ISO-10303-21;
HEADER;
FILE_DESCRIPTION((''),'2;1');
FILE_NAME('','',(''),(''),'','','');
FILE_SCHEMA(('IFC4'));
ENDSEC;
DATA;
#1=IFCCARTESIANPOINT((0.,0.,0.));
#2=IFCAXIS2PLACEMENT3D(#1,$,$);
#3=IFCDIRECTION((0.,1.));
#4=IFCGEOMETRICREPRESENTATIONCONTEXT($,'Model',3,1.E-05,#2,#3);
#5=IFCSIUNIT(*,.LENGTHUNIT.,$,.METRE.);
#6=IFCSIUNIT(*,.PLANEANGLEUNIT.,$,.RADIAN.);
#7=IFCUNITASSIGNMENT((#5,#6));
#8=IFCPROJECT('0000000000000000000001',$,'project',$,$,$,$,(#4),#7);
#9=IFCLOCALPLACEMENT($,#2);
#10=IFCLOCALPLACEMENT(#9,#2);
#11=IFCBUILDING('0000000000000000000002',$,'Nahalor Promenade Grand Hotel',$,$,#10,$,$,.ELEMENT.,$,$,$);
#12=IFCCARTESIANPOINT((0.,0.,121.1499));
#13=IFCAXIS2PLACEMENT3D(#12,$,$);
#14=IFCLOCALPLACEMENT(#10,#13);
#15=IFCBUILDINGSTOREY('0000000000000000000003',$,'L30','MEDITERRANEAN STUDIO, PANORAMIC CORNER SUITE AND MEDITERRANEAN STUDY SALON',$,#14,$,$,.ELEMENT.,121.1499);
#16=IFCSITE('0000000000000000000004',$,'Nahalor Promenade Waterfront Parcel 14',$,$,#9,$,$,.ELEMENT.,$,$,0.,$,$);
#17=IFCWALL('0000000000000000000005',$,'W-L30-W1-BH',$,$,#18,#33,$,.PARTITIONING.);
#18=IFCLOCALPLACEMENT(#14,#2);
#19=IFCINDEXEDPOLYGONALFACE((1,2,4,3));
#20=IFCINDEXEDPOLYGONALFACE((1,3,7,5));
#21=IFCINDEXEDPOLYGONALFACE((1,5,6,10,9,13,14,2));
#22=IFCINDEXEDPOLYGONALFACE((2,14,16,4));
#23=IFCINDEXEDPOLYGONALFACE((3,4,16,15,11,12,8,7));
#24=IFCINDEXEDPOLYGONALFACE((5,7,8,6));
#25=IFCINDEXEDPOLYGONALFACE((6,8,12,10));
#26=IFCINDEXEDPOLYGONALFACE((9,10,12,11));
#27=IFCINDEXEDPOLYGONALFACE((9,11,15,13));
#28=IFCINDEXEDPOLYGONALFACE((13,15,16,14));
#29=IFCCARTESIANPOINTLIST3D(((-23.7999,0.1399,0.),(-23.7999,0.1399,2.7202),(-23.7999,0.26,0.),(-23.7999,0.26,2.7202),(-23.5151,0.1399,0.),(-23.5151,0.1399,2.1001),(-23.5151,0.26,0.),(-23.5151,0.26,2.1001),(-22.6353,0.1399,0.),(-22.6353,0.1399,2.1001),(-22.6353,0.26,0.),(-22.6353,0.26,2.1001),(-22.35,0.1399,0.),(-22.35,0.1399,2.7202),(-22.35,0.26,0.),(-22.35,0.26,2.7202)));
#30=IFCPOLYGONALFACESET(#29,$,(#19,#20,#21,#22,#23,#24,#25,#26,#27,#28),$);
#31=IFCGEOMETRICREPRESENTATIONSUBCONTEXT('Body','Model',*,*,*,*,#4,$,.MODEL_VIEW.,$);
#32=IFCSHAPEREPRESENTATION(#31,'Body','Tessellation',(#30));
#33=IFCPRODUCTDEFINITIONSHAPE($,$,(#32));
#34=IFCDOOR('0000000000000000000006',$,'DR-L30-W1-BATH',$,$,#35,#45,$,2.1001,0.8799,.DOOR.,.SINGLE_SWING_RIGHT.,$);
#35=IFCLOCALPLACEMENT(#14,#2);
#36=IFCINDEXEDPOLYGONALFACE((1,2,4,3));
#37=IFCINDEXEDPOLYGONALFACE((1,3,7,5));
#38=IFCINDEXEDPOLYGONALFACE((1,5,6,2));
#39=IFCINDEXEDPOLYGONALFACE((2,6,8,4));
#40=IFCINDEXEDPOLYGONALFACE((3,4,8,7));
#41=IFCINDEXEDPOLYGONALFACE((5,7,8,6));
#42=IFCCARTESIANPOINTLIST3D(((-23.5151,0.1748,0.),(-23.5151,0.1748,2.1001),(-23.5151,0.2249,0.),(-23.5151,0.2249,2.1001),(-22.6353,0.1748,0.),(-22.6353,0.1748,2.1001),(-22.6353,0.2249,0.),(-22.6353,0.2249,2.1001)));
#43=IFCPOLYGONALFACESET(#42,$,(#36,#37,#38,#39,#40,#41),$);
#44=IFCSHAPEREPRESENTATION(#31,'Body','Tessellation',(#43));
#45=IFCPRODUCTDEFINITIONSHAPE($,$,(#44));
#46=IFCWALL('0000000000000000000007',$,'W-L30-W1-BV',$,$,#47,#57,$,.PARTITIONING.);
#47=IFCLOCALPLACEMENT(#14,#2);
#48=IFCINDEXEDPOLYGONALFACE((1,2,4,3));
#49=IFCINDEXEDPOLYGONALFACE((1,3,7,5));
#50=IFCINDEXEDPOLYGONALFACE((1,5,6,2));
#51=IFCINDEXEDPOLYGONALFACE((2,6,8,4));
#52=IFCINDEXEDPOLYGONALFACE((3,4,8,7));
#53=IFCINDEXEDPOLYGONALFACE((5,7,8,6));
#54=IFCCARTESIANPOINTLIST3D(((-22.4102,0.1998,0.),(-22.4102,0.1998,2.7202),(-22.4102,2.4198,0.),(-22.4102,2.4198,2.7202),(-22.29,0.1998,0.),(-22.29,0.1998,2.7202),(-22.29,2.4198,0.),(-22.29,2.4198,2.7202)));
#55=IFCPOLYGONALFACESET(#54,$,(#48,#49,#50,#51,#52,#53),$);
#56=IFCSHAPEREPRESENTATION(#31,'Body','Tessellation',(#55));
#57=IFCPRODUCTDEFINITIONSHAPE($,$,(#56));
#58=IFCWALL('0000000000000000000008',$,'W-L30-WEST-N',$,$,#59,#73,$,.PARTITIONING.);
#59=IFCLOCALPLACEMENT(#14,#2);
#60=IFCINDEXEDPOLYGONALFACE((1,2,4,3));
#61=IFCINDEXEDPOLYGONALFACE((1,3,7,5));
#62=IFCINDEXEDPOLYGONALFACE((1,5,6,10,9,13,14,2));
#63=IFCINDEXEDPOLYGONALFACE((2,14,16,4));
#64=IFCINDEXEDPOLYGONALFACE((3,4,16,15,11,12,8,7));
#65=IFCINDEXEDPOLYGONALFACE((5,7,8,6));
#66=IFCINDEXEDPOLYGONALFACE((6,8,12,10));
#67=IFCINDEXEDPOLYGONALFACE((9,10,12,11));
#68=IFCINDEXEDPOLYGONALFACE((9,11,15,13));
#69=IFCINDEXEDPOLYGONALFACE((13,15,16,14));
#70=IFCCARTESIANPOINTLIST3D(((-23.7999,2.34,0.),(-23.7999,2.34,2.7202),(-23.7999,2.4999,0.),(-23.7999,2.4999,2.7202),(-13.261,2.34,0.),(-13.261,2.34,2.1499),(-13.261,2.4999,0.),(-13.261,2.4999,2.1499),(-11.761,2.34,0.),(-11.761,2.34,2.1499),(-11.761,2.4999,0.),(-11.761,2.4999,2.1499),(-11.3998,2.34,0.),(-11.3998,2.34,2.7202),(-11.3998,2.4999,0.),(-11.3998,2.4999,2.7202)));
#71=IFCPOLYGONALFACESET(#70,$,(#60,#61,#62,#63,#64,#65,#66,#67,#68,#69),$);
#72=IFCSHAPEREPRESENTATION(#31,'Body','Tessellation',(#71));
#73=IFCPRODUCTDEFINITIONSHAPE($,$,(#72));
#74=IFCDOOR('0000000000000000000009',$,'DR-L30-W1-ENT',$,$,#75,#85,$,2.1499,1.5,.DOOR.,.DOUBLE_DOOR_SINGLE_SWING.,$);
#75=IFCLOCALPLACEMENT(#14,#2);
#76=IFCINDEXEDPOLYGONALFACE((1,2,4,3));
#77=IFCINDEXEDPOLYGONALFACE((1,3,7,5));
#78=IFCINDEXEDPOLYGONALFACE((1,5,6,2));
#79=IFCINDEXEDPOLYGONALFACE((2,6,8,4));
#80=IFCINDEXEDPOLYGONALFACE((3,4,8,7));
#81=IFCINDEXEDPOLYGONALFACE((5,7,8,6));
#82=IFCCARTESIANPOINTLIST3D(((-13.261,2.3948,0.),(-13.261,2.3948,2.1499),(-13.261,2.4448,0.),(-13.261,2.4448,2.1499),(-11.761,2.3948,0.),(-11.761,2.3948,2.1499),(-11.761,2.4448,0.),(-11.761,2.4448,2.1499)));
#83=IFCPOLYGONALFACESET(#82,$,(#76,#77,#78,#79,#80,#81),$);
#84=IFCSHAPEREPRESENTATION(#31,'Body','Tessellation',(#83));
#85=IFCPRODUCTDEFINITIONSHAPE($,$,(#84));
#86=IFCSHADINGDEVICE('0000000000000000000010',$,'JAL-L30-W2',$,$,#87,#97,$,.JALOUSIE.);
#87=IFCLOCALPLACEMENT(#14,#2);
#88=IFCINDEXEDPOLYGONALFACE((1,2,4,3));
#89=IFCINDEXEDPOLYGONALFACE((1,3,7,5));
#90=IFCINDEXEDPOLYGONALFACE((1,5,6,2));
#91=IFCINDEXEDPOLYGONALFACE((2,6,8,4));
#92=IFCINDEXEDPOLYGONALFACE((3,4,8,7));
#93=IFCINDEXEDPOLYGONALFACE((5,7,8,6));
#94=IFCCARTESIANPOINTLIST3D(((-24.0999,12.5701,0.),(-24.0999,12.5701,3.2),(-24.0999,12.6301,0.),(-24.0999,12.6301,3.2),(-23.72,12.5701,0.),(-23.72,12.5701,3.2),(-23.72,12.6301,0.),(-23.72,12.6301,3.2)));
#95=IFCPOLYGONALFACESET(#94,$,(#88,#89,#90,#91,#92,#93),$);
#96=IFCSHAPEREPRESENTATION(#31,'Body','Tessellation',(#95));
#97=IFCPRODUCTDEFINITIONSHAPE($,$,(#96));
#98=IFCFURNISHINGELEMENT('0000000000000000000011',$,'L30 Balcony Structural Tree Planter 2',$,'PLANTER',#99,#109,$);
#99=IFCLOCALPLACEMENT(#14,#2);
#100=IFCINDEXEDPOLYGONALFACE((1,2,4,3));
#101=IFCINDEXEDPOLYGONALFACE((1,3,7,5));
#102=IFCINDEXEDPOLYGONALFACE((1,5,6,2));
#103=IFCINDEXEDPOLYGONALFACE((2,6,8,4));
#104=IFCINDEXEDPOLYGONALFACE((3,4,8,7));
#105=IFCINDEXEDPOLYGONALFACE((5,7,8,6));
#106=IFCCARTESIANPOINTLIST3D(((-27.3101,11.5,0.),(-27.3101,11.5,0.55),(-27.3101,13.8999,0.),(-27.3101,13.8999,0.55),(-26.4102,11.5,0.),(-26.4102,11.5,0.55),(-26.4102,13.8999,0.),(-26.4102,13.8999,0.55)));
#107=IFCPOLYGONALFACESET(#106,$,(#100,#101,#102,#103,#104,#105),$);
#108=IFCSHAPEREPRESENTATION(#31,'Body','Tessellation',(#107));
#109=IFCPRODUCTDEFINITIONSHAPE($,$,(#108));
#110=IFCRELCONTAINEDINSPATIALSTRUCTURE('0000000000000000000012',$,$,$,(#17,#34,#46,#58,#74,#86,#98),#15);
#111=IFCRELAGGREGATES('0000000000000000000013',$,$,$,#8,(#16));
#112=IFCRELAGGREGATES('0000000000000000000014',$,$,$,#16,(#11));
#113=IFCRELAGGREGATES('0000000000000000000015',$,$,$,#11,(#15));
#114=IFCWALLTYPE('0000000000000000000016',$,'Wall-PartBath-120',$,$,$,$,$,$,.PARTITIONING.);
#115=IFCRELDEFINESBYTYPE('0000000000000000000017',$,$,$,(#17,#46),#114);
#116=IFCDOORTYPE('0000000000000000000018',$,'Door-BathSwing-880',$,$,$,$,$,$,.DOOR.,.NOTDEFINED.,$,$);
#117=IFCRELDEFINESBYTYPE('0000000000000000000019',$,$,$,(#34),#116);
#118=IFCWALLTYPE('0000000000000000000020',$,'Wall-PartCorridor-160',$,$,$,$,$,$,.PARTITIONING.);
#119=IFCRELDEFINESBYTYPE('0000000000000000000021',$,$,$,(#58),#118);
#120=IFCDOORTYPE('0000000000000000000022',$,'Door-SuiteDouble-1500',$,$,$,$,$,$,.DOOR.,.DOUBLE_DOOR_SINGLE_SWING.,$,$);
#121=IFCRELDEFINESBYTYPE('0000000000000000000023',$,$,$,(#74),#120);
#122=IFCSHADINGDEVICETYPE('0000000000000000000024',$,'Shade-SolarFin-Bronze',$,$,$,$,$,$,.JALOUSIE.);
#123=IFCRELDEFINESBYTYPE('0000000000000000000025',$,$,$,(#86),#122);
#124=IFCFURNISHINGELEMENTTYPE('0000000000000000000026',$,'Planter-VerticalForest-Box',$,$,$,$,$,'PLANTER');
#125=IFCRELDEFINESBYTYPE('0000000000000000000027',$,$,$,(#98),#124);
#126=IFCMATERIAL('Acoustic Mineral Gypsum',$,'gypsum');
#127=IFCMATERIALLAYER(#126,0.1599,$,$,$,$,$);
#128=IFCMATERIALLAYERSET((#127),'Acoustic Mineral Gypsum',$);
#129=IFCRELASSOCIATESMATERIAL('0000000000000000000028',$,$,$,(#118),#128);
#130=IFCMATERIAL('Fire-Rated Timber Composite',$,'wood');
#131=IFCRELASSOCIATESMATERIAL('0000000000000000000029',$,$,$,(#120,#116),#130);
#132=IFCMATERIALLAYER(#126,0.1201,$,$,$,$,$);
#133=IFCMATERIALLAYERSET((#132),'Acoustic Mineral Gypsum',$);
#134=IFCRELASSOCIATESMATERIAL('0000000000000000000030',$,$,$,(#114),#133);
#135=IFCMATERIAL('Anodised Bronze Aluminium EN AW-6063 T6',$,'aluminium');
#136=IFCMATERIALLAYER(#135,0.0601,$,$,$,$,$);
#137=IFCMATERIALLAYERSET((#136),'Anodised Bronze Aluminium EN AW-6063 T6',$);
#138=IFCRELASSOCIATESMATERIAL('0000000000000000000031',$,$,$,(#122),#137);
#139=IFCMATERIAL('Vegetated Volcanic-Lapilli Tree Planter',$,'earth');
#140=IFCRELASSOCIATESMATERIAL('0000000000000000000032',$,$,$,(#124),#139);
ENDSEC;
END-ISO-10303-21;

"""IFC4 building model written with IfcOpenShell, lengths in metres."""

from ifc_helpers import new_model, si_unit, direction, frame, frame_2d, origin, origin_2d, place, context, subcontext, project, spatial, rectangle, extrude, source, transform, mapped, material, layer, layer_set, type_object, element, fill, save


model = new_model("IFC4")

# Units and contexts
model_context = context("Model", 3, precision=1e-05, world=origin(), true_north=direction((0.0, 1.0)))
body_context = subcontext(model_context, "Body", "Model", "MODEL_VIEW")
ifc_project = project(units=[si_unit("LENGTHUNIT", "METRE"), si_unit("PLANEANGLEUNIT", "RADIAN")], contexts=[model_context])

# Site, building, storey
site_placement = place(None, origin())
site = spatial("IfcSite", under=ifc_project, at=site_placement, Name="Nahalor Promenade Waterfront Parcel 14", CompositionType="ELEMENT", RefElevation=0.0)
building_placement = place(site_placement, origin())
building = spatial("IfcBuilding", under=site, at=building_placement, Name="Nahalor Promenade Grand Hotel", CompositionType="ELEMENT")
storey_placement = place(building_placement, frame((0.0, 0.0, 121.1499)))
storey = spatial("IfcBuildingStorey", under=building, at=storey_placement, Name="L30", Description="MEDITERRANEAN STUDIO, PANORAMIC CORNER SUITE AND MEDITERRANEAN STUDY SALON", CompositionType="ELEMENT", Elevation=121.1499)

# Shared definitions
ifc_material_1 = material(Name="Anodised Bronze Aluminium EN AW-6063 T6", Category="aluminium")

# Shared definitions
ifc_material_2 = material(Name="Acoustic Mineral Gypsum", Category="gypsum")
ifc_layer_1 = layer(ifc_material_2, 0.1599)
ifc_layer_set_1 = layer_set([ifc_layer_1], Name="Acoustic Mineral Gypsum")
wall_type_1 = type_object("IfcWallType", Name="Wall-PartCorridor-160", PredefinedType="PARTITIONING", material=ifc_layer_set_1)
ifc_material_3 = material(Name="Fire-Rated Timber Composite", Category="wood")
door_type_1 = type_object("IfcDoorType", Name="Door-SuiteDouble-1500", OperationType="DOUBLE_DOOR_SINGLE_SWING", PredefinedType="DOOR", material=ifc_material_3)
shared_shape_1 = source(origin(), body_context, "Body", "SweptSolid", [
    extrude(rectangle(XDim=1.5, YDim=2.1499, at=frame_2d((0.75, 1.075))), frame((0.0, 0.0249, 0.0), z_axis=(0.0, -1.0, 0.0), x_axis=(1.0, 0.0, 0.0)), (0.0, 0.0, 1.0), 0.05),
])

# Wall, opening, door
ifc_layer_2 = layer(ifc_material_2, 0.1201)
ifc_layer_set_2 = layer_set([ifc_layer_2], Name="Acoustic Mineral Gypsum")
wall_type_2 = type_object("IfcWallType", Name="Wall-PartBath-120", PredefinedType="PARTITIONING", material=ifc_layer_set_2)
shared_shape_2 = source(origin(), body_context, "Body", "SweptSolid", [
    extrude(rectangle(XDim=1.45, YDim=0.1201, at=frame_2d((0.7251, 0.0))), origin(), (0.0, 0.0, 1.0), 2.7202),
])
wall_1_placement = place(storey_placement, frame((-23.8, 0.2, 0.0), z_axis=(0.0, 0.0, 1.0), x_axis=(1.0, 0.0, 0.0)))
wall_1 = element("IfcWall", 1, at=wall_1_placement, inside=storey, type_object=wall_type_2, Name="W-L30-W1-BH", PredefinedType="PARTITIONING", context=body_context, shape_type="MappedRepresentation", body=[
    mapped(shared_shape_2, transform((0.0, 0.0, 0.0), scale=1.0)),
])
opening_1_placement = place(wall_1_placement, frame((0.2849, 0.0, 0.0)))
opening_1 = element("IfcOpeningElement", 2, at=opening_1_placement, cuts=wall_1, PredefinedType="OPENING", context=body_context, shape_type="SweptSolid", body=[
    extrude(rectangle(XDim=0.8799, YDim=2.1001, at=frame_2d((0.4399, 1.05))), frame((0.0, 0.0701, 0.0), z_axis=(0.0, -1.0, 0.0), x_axis=(1.0, 0.0, 0.0)), (0.0, 0.0, 1.0), 0.1401),
])
door_type_2 = type_object("IfcDoorType", Name="Door-BathSwing-880", OperationType="NOTDEFINED", PredefinedType="DOOR", material=ifc_material_3)
shared_shape_3 = source(origin(), body_context, "Body", "SweptSolid", [
    extrude(rectangle(XDim=0.8799, YDim=2.1001, at=frame_2d((0.4399, 1.05))), frame((0.0, 0.0249, 0.0), z_axis=(0.0, -1.0, 0.0), x_axis=(1.0, 0.0, 0.0)), (0.0, 0.0, 1.0), 0.05),
])
door_1_placement = place(opening_1_placement, origin())
door_1 = element("IfcDoor", 3, at=door_1_placement, inside=storey, type_object=door_type_2, Name="DR-L30-W1-BATH", OperationType="SINGLE_SWING_RIGHT", OverallHeight=2.1001, OverallWidth=0.8799, PredefinedType="DOOR", context=body_context, shape_type="MappedRepresentation", body=[
    mapped(shared_shape_3, transform((0.0, 0.0, 0.0), scale=1.0)),
])
fill(opening_1, door_1)

# Wall
shared_shape_4 = source(origin(), body_context, "Body", "SweptSolid", [
    extrude(rectangle(XDim=2.22, YDim=0.1201, at=frame_2d((1.1099, 0.0))), origin(), (0.0, 0.0, 1.0), 2.7202),
])
wall_2_placement = place(storey_placement, frame((-22.3501, 0.2, 0.0), z_axis=(0.0, 0.0, 1.0), x_axis=(0.0, 1.0, 0.0)))
element("IfcWall", 4, at=wall_2_placement, inside=storey, type_object=wall_type_2, Name="W-L30-W1-BV", PredefinedType="PARTITIONING", context=body_context, shape_type="MappedRepresentation", body=[
    mapped(shared_shape_4, transform((0.0, 0.0, 0.0), scale=1.0)),
])

# Wall, opening, door
shared_shape_5 = source(origin(), body_context, "Body", "SweptSolid", [
    extrude(rectangle(XDim=12.4001, YDim=0.1599, at=frame_2d((6.2002, 0.0))), origin(), (0.0, 0.0, 1.0), 2.7202),
])
wall_3_placement = place(storey_placement, frame((-23.8, 2.4199, 0.0), z_axis=(0.0, 0.0, 1.0), x_axis=(1.0, 0.0, 0.0)))
wall_3 = element("IfcWall", 5, at=wall_3_placement, inside=storey, type_object=wall_type_1, Name="W-L30-WEST-N", PredefinedType="PARTITIONING", context=body_context, shape_type="MappedRepresentation", body=[
    mapped(shared_shape_5, transform((0.0, 0.0, 0.0), scale=1.0)),
])
opening_2_placement = place(wall_3_placement, frame((10.5391, 0.0, 0.0)))
opening_2 = element("IfcOpeningElement", 6, at=opening_2_placement, cuts=wall_3, PredefinedType="OPENING", context=body_context, shape_type="SweptSolid", body=[
    extrude(rectangle(XDim=1.5, YDim=2.1499, at=frame_2d((0.75, 1.075))), frame((0.0, 0.0898, 0.0), z_axis=(0.0, -1.0, 0.0), x_axis=(1.0, 0.0, 0.0)), (0.0, 0.0, 1.0), 0.1799),
])
door_2_placement = place(opening_2_placement, origin())
door_2 = element("IfcDoor", 7, at=door_2_placement, inside=storey, type_object=door_type_1, Name="DR-L30-W1-ENT", OperationType="DOUBLE_DOOR_SINGLE_SWING", OverallHeight=2.1499, OverallWidth=1.5, PredefinedType="DOOR", context=body_context, shape_type="MappedRepresentation", body=[
    mapped(shared_shape_1, transform((0.0, 0.0, 0.0), scale=1.0)),
])
fill(opening_2, door_2)

# Shading device
ifc_layer_3 = layer(ifc_material_1, 0.0601)
ifc_layer_set_3 = layer_set([ifc_layer_3], Name="Anodised Bronze Aluminium EN AW-6063 T6")
shading_device_type = type_object("IfcShadingDeviceType", Name="Shade-SolarFin-Bronze", PredefinedType="JALOUSIE", material=ifc_layer_set_3)
shared_shape_6 = source(origin(), body_context, "Body", "SweptSolid", [
    extrude(rectangle(XDim=0.3799, YDim=0.0601, at=origin_2d()), origin(), (0.0, 0.0, 1.0), 3.2),
])
shading_device_placement = place(storey_placement, frame((-23.9099, 12.6001, 0.0), z_axis=(0.0, 0.0, 1.0), x_axis=(1.0, 0.0, 0.0)))
element("IfcShadingDevice", 8, at=shading_device_placement, inside=storey, type_object=shading_device_type, Name="JAL-L30-W2", PredefinedType="JALOUSIE", context=body_context, shape_type="MappedRepresentation", body=[
    mapped(shared_shape_6, transform((0.0, 0.0, 0.0), scale=1.0)),
])

# Furnishing element
ifc_material_4 = material(Name="Vegetated Volcanic-Lapilli Tree Planter", Category="earth")
furnishing_element_type = type_object("IfcFurnishingElementType", Name="Planter-VerticalForest-Box", ElementType="PLANTER", material=ifc_material_4)
shared_shape_7 = source(origin(), body_context, "Body", "SweptSolid", [
    extrude(rectangle(XDim=2.3999, YDim=0.8999, at=origin_2d()), origin(), (0.0, 0.0, 1.0), 0.55),
])
furnishing_placement = place(storey_placement, frame((-26.8601, 12.7, 0.0), z_axis=(0.0, 0.0, 1.0), x_axis=(0.0, 1.0, 0.0)))
element("IfcFurnishingElement", 9, at=furnishing_placement, inside=storey, type_object=furnishing_element_type, Name="L30 Balcony Structural Tree Planter 2", ObjectType="PLANTER", context=body_context, shape_type="MappedRepresentation", body=[
    mapped(shared_shape_7, transform((0.0, 0.0, 0.0), scale=1.0)),
])

save(model, "model.ifc")
